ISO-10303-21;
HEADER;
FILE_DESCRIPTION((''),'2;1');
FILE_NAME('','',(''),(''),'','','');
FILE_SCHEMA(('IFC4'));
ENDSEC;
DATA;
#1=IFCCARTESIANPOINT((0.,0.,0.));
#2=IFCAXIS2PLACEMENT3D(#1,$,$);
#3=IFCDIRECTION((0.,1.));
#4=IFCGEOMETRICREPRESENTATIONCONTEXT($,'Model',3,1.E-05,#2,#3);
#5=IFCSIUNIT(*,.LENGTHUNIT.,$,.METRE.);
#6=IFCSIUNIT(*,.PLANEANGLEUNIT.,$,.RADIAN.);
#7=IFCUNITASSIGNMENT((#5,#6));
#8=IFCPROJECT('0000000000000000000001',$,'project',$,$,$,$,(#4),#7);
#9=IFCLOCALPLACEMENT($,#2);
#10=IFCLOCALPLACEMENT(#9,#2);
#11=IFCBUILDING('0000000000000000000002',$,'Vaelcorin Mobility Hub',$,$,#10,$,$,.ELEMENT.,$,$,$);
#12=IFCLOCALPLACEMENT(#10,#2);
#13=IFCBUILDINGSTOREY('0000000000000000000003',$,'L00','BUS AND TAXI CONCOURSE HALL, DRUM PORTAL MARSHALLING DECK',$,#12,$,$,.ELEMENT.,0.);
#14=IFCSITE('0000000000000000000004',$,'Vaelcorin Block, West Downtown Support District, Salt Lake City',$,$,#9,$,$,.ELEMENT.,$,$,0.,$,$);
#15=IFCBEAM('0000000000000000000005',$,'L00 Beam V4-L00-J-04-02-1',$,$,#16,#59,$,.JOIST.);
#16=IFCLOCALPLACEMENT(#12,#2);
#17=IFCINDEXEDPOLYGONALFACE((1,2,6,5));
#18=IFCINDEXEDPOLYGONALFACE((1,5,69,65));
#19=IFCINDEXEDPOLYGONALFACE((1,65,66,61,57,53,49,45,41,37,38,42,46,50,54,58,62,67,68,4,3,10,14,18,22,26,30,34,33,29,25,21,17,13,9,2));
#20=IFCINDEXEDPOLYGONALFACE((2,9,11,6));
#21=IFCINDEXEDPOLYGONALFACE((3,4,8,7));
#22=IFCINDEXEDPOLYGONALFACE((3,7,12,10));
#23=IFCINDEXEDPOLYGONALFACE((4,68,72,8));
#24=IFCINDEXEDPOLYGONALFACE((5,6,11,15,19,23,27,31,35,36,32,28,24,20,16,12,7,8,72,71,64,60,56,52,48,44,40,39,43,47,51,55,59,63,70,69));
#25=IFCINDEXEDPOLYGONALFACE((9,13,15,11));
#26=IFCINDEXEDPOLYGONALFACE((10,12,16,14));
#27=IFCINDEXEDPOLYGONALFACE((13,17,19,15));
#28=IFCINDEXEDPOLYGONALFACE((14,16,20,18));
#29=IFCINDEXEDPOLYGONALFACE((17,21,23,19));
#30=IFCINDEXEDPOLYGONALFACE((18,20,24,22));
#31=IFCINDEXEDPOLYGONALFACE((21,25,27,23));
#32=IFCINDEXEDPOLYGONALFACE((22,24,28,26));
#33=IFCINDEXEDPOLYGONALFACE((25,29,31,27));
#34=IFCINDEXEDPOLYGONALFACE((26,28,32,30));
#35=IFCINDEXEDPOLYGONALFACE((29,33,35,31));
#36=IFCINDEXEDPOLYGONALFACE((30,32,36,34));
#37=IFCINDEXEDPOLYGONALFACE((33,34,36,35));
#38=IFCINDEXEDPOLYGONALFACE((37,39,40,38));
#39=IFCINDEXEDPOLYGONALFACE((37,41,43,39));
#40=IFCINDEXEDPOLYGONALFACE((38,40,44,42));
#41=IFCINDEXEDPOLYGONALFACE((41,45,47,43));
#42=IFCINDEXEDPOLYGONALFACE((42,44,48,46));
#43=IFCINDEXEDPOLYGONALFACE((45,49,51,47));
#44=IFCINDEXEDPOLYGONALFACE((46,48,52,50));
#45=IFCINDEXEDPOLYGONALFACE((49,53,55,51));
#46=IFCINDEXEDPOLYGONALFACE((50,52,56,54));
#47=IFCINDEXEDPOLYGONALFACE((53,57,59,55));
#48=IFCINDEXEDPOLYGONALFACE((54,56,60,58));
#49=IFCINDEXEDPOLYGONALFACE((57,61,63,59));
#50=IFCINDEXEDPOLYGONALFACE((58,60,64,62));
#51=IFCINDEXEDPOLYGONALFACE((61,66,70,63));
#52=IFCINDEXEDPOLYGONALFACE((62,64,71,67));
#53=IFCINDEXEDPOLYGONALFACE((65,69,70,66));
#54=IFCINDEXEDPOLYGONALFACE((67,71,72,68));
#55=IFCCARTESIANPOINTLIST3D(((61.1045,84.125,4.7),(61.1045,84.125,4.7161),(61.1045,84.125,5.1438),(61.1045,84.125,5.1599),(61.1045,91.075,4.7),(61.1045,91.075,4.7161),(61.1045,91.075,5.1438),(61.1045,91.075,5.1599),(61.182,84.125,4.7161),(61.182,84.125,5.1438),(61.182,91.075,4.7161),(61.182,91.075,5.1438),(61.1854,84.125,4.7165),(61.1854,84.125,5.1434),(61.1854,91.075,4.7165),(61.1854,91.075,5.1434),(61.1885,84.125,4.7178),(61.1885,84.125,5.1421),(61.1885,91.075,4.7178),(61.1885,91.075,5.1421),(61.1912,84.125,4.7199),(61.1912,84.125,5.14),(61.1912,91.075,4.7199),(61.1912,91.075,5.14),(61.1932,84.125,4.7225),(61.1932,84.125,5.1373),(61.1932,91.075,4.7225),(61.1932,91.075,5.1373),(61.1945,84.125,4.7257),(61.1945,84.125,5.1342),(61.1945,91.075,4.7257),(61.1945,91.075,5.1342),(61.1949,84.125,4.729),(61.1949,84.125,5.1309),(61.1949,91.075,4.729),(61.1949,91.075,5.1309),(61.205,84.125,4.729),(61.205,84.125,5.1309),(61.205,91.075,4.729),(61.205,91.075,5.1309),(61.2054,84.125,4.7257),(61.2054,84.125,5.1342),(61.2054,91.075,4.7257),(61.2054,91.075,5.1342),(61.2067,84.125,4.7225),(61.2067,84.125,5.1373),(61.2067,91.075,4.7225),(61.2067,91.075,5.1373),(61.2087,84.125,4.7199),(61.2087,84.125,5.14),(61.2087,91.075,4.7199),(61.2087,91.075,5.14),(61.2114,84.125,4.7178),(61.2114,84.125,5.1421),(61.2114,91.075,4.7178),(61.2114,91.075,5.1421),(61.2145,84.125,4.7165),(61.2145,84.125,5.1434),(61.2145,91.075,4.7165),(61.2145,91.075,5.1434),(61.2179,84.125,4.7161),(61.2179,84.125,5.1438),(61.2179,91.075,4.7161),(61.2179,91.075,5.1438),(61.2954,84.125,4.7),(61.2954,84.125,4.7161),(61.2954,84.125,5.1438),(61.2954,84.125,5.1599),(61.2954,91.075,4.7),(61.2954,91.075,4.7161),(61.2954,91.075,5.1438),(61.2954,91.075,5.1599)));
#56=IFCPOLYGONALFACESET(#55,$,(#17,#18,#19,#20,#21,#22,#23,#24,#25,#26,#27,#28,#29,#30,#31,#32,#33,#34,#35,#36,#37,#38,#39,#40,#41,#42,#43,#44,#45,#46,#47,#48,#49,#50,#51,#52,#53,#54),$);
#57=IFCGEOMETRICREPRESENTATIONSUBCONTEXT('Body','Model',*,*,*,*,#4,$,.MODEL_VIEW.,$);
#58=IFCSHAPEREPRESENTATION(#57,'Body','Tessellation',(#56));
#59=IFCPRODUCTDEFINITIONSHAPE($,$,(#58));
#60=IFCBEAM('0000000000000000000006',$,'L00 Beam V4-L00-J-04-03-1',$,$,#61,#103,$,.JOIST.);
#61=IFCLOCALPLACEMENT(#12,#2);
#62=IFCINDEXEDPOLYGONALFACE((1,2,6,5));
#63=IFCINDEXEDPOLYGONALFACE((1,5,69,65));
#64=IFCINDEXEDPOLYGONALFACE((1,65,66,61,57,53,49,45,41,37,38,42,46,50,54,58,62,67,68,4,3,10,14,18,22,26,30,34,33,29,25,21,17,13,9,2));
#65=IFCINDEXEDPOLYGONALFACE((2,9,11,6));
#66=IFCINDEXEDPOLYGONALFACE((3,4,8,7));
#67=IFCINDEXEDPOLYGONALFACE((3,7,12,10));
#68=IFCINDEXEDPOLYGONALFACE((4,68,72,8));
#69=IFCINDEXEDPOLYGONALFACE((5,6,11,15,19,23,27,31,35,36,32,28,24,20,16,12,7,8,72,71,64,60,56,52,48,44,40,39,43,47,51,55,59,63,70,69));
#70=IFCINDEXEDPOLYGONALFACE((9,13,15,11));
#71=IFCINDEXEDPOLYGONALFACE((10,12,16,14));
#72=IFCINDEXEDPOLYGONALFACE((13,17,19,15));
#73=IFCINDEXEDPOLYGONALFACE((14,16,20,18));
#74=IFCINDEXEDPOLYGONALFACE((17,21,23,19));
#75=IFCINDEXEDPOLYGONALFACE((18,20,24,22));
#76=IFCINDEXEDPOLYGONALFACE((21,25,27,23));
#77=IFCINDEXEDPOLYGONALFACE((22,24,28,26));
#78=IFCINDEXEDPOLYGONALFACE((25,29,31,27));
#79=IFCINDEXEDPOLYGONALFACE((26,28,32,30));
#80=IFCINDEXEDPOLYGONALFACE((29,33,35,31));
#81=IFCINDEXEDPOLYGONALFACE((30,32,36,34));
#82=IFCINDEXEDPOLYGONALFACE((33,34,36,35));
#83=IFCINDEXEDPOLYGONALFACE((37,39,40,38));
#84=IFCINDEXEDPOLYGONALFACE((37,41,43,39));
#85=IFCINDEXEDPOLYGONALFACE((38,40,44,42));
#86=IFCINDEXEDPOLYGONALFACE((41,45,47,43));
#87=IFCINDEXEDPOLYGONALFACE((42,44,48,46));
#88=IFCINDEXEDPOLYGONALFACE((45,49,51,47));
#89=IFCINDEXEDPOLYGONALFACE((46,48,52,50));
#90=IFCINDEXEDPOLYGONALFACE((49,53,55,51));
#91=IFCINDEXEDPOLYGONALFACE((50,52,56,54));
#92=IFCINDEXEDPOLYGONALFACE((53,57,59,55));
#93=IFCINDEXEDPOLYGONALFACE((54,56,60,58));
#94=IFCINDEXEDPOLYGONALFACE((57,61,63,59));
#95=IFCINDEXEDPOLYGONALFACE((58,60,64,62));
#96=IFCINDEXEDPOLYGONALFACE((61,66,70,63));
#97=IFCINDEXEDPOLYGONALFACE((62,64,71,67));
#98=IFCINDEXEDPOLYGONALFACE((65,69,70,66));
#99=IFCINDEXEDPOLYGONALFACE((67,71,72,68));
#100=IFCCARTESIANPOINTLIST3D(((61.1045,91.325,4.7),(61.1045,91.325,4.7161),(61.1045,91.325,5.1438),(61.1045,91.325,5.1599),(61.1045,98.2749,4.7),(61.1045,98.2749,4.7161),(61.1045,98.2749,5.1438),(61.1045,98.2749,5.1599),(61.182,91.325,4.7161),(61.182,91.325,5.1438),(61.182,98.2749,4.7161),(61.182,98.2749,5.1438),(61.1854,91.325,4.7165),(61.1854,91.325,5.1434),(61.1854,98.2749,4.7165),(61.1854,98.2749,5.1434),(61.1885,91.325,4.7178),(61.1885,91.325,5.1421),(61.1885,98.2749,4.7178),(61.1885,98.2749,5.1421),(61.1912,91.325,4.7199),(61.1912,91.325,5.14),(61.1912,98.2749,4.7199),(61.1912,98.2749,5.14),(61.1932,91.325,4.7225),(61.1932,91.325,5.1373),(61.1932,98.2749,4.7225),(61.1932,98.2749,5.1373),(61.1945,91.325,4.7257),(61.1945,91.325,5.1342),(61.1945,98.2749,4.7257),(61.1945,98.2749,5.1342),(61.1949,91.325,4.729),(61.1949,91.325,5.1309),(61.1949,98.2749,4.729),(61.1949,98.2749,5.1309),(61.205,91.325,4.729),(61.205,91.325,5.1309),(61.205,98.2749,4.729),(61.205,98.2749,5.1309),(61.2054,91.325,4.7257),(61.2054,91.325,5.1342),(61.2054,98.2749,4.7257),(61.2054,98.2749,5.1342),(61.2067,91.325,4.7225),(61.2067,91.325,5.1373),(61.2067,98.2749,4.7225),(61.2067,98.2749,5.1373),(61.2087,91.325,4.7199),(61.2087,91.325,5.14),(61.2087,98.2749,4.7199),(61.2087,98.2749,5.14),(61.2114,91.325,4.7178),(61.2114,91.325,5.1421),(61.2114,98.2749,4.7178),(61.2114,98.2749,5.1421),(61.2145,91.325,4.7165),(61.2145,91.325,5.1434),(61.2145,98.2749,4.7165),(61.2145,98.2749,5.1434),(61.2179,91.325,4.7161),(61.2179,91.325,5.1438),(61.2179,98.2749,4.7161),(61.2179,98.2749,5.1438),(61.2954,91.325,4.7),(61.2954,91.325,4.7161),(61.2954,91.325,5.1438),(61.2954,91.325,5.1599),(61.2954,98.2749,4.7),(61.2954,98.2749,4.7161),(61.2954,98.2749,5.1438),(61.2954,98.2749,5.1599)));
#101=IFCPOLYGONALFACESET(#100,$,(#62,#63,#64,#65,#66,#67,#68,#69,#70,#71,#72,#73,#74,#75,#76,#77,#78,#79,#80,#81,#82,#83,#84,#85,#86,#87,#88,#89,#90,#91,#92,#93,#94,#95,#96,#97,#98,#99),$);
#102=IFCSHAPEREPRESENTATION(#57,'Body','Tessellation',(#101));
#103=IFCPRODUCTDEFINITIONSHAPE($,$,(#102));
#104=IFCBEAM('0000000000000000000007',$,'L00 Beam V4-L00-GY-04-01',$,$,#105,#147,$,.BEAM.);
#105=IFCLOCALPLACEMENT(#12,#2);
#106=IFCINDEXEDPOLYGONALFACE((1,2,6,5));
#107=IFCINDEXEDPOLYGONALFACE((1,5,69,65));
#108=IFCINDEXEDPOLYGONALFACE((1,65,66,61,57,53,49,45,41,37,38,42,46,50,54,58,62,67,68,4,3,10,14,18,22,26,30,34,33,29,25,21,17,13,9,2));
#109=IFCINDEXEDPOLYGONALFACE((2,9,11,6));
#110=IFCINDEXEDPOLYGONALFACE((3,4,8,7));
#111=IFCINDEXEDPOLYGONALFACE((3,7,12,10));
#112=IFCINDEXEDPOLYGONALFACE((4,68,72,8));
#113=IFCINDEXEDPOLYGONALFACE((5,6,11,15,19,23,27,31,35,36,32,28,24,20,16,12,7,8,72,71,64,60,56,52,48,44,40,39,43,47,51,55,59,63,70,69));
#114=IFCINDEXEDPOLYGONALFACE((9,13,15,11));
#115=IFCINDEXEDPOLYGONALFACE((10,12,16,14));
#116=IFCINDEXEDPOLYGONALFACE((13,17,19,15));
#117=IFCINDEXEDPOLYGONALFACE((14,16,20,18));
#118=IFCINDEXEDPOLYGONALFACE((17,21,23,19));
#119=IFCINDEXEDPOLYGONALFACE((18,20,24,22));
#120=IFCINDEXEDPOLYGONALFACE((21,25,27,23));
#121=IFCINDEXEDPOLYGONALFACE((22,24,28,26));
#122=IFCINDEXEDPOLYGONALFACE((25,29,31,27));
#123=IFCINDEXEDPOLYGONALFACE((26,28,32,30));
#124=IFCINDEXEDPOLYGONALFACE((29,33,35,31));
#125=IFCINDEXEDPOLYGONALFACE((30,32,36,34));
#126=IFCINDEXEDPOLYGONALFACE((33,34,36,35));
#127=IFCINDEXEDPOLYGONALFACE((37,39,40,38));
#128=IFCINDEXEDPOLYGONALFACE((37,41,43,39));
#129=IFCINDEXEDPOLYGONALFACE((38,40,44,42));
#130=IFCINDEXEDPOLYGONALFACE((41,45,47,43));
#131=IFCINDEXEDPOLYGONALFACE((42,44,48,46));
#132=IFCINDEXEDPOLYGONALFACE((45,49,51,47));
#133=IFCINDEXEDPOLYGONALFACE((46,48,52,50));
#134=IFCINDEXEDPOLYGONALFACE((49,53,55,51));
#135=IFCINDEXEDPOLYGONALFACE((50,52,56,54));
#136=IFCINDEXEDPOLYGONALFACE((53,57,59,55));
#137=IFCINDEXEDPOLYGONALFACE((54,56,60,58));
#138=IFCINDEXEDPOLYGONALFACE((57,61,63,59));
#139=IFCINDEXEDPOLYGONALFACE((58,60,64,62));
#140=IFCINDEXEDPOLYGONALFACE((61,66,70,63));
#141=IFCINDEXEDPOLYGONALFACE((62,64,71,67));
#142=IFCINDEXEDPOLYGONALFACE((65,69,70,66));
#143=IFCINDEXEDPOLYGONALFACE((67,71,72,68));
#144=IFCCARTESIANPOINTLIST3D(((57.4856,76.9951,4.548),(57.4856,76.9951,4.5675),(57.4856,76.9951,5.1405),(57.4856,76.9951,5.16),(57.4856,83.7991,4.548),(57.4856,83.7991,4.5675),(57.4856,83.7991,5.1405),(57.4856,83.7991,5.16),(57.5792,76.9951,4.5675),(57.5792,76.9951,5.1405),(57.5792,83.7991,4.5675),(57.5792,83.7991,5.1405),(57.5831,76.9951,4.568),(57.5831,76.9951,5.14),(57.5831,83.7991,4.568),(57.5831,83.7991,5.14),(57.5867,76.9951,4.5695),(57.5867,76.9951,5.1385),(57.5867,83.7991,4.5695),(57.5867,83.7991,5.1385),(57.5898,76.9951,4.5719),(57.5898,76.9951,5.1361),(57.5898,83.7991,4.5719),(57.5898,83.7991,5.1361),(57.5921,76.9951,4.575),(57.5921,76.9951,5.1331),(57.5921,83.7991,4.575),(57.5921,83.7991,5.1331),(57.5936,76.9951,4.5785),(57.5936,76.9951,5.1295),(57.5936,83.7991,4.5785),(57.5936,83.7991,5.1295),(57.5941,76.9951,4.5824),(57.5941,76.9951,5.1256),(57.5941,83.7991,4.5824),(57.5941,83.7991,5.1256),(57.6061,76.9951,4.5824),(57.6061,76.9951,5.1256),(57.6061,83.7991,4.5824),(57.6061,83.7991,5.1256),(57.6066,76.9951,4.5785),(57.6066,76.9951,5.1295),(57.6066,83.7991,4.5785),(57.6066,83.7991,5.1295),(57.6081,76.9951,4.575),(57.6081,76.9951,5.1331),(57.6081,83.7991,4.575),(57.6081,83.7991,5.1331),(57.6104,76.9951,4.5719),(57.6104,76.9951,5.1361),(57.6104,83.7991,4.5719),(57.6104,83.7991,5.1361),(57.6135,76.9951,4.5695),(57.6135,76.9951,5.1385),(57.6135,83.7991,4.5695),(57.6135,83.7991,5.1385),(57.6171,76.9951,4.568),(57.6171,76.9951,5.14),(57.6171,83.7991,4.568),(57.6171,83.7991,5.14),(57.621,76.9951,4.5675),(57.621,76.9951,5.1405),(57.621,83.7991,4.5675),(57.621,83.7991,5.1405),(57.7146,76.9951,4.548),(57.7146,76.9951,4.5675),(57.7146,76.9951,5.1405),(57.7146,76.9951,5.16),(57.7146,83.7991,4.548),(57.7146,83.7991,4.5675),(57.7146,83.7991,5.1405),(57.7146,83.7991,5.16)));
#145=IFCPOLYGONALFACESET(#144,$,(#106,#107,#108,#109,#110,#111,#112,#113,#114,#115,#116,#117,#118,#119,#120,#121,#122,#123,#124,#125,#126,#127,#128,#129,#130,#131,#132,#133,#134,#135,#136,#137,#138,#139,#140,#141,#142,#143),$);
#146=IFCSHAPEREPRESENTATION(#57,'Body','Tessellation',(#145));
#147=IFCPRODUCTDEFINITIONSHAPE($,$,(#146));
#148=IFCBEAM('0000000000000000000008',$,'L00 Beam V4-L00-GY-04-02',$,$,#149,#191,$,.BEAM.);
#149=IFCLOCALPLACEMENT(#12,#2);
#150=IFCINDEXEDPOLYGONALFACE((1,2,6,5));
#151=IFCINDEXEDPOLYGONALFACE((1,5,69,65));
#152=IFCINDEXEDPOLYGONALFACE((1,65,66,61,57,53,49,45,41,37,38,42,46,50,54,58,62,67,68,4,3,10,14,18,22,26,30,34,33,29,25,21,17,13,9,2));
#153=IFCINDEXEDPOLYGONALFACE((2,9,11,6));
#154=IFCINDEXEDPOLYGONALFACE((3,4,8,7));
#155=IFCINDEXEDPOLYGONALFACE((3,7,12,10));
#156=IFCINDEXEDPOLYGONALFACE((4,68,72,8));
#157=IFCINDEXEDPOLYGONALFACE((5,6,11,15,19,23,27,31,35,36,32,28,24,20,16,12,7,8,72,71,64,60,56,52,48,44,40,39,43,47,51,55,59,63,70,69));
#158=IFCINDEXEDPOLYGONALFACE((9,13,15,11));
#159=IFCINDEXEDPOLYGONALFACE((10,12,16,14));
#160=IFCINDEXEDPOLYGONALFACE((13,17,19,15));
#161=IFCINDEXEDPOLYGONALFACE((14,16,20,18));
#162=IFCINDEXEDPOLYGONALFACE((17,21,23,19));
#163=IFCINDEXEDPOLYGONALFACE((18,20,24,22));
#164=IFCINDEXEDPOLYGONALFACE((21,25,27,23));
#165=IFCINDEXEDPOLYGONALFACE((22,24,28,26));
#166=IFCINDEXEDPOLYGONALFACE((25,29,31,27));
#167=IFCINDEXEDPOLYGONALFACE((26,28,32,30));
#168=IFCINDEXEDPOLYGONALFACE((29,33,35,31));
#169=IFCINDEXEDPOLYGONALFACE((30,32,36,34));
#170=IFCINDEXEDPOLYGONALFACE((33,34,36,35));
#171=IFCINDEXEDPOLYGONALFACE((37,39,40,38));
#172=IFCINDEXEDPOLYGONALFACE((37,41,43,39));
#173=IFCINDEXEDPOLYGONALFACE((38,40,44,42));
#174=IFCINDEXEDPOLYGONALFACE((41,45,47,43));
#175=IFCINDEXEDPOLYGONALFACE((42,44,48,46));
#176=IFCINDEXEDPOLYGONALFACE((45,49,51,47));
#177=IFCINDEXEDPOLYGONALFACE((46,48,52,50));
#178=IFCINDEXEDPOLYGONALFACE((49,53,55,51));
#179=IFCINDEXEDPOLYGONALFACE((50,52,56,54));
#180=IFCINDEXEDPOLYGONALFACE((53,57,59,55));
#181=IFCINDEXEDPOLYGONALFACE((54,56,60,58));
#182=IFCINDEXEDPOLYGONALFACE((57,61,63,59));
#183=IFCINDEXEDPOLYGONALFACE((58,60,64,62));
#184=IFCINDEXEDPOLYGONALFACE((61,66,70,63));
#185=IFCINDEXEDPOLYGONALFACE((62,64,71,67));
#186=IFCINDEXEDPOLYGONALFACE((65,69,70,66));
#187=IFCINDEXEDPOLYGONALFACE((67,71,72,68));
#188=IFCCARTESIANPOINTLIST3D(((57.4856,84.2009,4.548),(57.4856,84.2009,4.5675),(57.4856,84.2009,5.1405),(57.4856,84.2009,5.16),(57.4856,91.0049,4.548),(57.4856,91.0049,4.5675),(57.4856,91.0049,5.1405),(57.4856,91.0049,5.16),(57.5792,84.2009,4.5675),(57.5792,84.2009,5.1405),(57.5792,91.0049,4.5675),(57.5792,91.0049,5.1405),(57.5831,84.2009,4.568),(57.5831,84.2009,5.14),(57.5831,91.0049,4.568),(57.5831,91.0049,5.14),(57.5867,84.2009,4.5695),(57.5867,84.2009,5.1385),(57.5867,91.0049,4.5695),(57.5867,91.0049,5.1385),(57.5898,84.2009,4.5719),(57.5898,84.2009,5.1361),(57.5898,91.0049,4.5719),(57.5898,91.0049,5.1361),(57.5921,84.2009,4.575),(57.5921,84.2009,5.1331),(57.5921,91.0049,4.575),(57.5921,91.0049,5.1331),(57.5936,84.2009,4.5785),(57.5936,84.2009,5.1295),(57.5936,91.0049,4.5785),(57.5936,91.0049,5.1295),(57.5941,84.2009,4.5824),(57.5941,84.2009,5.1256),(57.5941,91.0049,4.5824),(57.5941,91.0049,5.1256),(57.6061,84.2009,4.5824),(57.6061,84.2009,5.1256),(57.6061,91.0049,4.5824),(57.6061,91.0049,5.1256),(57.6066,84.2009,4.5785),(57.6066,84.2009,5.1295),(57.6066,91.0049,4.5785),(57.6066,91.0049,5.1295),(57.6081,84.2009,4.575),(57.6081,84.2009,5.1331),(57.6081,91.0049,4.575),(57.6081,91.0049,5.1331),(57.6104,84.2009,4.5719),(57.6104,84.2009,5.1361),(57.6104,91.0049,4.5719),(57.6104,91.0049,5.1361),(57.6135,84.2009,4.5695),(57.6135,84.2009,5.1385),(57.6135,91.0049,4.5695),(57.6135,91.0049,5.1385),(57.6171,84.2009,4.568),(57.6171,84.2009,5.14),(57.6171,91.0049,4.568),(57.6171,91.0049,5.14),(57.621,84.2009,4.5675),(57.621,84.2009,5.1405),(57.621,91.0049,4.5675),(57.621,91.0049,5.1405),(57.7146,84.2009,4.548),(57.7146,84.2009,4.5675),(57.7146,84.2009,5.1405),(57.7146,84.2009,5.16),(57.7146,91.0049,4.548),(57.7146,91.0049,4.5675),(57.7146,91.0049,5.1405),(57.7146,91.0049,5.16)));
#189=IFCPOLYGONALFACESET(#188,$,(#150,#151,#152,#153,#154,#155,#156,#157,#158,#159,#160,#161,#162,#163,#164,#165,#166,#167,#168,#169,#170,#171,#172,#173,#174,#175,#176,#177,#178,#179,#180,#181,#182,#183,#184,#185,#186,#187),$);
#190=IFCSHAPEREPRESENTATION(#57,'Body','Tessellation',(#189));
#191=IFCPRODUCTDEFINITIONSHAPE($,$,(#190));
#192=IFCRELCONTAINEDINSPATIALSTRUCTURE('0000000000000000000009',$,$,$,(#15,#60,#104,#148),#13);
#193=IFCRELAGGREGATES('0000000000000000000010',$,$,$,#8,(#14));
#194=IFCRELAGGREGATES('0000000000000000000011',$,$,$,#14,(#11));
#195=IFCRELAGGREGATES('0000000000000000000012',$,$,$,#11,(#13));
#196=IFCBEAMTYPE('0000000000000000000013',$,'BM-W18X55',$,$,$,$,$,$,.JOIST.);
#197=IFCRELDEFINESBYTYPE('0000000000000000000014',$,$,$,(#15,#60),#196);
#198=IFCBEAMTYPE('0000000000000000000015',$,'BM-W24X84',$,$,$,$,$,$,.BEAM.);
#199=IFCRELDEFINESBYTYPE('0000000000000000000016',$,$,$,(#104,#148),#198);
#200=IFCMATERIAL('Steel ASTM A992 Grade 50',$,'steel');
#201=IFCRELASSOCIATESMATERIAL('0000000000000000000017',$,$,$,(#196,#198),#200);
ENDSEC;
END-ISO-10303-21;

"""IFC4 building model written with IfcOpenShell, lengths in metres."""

from ifc_helpers import new_model, si_unit, direction, frame, origin, origin_2d, place, context, subcontext, project, spatial, i_section, extrude, material, material_profile, profile_set, type_object, element, save


model = new_model("IFC4")

# Units and contexts
model_context = context("Model", 3, precision=1e-05, world=origin(), true_north=direction((0.0, 1.0)))
body_context = subcontext(model_context, "Body", "Model", "MODEL_VIEW")
ifc_project = project(units=[si_unit("LENGTHUNIT", "METRE"), si_unit("PLANEANGLEUNIT", "RADIAN")], contexts=[model_context])

# Site, building, storey
site_placement = place(None, origin())
site = spatial("IfcSite", under=ifc_project, at=site_placement, Name="Vaelcorin Block, West Downtown Support District, Salt Lake City", CompositionType="ELEMENT", RefElevation=0.0)
building_placement = place(site_placement, origin())
building = spatial("IfcBuilding", under=site, at=building_placement, Name="Vaelcorin Mobility Hub", CompositionType="ELEMENT")
storey_placement = place(building_placement, origin())
storey = spatial("IfcBuildingStorey", under=building, at=storey_placement, Name="L00", Description="BUS AND TAXI CONCOURSE HALL, DRUM PORTAL MARSHALLING DECK", CompositionType="ELEMENT", Elevation=0.0)

# Shared definitions
ifc_material_1 = material(Name="Steel ASTM A992 Grade 50", Category="steel")

# Beams
ifc_material_profile_1 = material_profile(ifc_material_1, i_section(OverallWidth=0.1909, OverallDepth=0.46, WebThickness=0.01, FlangeThickness=0.0161, FilletRadius=0.0129, at=origin_2d()), Name="W18X55")
ifc_profile_set_1 = profile_set([ifc_material_profile_1], Name="Steel ASTM A992 Grade 50")
beam_type_1 = type_object("IfcBeamType", Name="BM-W18X55", PredefinedType="JOIST", material=ifc_profile_set_1)
for number, where, z_axis, x_axis, name in (
    (1, (61.2, 84.125, 4.9299), (0.0, 1.0, 0.0), (-1.0, 0.0, 0.0), "L00 Beam V4-L00-J-04-02-1"),
    (2, (61.2, 91.325, 4.9299), (0.0, 1.0, 0.0), (-1.0, 0.0, 0.0), "L00 Beam V4-L00-J-04-03-1"),
):
    element("IfcBeam", number, at=place(storey_placement, frame(where, z_axis=z_axis, x_axis=x_axis)), inside=storey, type_object=beam_type_1, Name=name, PredefinedType="JOIST", context=body_context, shape_type="SweptSolid", body=[
        extrude(i_section(OverallWidth=0.1909, OverallDepth=0.46, WebThickness=0.01, FlangeThickness=0.0161, FilletRadius=0.0129, at=origin_2d()), origin(), (0.0, 0.0, 1.0), 6.95),
    ])
ifc_material_profile_2 = material_profile(ifc_material_1, i_section(OverallWidth=0.229, OverallDepth=0.6121, WebThickness=0.012, FlangeThickness=0.0195, FilletRadius=0.0149, at=origin_2d()), Name="W24X84")
ifc_profile_set_2 = profile_set([ifc_material_profile_2], Name="Steel ASTM A992 Grade 50")
beam_type_2 = type_object("IfcBeamType", Name="BM-W24X84", PredefinedType="BEAM", material=ifc_profile_set_2)
for number, where, z_axis, x_axis, name in (
    (3, (57.6001, 76.9951, 4.854), (0.0, 1.0, 0.0), (-1.0, 0.0, 0.0), "L00 Beam V4-L00-GY-04-01"),
    (4, (57.6001, 84.2009, 4.854), (0.0, 1.0, 0.0), (-1.0, 0.0, 0.0), "L00 Beam V4-L00-GY-04-02"),
):
    element("IfcBeam", number, at=place(storey_placement, frame(where, z_axis=z_axis, x_axis=x_axis)), inside=storey, type_object=beam_type_2, Name=name, PredefinedType="BEAM", context=body_context, shape_type="SweptSolid", body=[
        extrude(i_section(OverallWidth=0.229, OverallDepth=0.6121, WebThickness=0.012, FlangeThickness=0.0195, FilletRadius=0.0149, at=origin_2d()), origin(), (0.0, 0.0, 1.0), 6.804),
    ])

save(model, "model.ifc")
